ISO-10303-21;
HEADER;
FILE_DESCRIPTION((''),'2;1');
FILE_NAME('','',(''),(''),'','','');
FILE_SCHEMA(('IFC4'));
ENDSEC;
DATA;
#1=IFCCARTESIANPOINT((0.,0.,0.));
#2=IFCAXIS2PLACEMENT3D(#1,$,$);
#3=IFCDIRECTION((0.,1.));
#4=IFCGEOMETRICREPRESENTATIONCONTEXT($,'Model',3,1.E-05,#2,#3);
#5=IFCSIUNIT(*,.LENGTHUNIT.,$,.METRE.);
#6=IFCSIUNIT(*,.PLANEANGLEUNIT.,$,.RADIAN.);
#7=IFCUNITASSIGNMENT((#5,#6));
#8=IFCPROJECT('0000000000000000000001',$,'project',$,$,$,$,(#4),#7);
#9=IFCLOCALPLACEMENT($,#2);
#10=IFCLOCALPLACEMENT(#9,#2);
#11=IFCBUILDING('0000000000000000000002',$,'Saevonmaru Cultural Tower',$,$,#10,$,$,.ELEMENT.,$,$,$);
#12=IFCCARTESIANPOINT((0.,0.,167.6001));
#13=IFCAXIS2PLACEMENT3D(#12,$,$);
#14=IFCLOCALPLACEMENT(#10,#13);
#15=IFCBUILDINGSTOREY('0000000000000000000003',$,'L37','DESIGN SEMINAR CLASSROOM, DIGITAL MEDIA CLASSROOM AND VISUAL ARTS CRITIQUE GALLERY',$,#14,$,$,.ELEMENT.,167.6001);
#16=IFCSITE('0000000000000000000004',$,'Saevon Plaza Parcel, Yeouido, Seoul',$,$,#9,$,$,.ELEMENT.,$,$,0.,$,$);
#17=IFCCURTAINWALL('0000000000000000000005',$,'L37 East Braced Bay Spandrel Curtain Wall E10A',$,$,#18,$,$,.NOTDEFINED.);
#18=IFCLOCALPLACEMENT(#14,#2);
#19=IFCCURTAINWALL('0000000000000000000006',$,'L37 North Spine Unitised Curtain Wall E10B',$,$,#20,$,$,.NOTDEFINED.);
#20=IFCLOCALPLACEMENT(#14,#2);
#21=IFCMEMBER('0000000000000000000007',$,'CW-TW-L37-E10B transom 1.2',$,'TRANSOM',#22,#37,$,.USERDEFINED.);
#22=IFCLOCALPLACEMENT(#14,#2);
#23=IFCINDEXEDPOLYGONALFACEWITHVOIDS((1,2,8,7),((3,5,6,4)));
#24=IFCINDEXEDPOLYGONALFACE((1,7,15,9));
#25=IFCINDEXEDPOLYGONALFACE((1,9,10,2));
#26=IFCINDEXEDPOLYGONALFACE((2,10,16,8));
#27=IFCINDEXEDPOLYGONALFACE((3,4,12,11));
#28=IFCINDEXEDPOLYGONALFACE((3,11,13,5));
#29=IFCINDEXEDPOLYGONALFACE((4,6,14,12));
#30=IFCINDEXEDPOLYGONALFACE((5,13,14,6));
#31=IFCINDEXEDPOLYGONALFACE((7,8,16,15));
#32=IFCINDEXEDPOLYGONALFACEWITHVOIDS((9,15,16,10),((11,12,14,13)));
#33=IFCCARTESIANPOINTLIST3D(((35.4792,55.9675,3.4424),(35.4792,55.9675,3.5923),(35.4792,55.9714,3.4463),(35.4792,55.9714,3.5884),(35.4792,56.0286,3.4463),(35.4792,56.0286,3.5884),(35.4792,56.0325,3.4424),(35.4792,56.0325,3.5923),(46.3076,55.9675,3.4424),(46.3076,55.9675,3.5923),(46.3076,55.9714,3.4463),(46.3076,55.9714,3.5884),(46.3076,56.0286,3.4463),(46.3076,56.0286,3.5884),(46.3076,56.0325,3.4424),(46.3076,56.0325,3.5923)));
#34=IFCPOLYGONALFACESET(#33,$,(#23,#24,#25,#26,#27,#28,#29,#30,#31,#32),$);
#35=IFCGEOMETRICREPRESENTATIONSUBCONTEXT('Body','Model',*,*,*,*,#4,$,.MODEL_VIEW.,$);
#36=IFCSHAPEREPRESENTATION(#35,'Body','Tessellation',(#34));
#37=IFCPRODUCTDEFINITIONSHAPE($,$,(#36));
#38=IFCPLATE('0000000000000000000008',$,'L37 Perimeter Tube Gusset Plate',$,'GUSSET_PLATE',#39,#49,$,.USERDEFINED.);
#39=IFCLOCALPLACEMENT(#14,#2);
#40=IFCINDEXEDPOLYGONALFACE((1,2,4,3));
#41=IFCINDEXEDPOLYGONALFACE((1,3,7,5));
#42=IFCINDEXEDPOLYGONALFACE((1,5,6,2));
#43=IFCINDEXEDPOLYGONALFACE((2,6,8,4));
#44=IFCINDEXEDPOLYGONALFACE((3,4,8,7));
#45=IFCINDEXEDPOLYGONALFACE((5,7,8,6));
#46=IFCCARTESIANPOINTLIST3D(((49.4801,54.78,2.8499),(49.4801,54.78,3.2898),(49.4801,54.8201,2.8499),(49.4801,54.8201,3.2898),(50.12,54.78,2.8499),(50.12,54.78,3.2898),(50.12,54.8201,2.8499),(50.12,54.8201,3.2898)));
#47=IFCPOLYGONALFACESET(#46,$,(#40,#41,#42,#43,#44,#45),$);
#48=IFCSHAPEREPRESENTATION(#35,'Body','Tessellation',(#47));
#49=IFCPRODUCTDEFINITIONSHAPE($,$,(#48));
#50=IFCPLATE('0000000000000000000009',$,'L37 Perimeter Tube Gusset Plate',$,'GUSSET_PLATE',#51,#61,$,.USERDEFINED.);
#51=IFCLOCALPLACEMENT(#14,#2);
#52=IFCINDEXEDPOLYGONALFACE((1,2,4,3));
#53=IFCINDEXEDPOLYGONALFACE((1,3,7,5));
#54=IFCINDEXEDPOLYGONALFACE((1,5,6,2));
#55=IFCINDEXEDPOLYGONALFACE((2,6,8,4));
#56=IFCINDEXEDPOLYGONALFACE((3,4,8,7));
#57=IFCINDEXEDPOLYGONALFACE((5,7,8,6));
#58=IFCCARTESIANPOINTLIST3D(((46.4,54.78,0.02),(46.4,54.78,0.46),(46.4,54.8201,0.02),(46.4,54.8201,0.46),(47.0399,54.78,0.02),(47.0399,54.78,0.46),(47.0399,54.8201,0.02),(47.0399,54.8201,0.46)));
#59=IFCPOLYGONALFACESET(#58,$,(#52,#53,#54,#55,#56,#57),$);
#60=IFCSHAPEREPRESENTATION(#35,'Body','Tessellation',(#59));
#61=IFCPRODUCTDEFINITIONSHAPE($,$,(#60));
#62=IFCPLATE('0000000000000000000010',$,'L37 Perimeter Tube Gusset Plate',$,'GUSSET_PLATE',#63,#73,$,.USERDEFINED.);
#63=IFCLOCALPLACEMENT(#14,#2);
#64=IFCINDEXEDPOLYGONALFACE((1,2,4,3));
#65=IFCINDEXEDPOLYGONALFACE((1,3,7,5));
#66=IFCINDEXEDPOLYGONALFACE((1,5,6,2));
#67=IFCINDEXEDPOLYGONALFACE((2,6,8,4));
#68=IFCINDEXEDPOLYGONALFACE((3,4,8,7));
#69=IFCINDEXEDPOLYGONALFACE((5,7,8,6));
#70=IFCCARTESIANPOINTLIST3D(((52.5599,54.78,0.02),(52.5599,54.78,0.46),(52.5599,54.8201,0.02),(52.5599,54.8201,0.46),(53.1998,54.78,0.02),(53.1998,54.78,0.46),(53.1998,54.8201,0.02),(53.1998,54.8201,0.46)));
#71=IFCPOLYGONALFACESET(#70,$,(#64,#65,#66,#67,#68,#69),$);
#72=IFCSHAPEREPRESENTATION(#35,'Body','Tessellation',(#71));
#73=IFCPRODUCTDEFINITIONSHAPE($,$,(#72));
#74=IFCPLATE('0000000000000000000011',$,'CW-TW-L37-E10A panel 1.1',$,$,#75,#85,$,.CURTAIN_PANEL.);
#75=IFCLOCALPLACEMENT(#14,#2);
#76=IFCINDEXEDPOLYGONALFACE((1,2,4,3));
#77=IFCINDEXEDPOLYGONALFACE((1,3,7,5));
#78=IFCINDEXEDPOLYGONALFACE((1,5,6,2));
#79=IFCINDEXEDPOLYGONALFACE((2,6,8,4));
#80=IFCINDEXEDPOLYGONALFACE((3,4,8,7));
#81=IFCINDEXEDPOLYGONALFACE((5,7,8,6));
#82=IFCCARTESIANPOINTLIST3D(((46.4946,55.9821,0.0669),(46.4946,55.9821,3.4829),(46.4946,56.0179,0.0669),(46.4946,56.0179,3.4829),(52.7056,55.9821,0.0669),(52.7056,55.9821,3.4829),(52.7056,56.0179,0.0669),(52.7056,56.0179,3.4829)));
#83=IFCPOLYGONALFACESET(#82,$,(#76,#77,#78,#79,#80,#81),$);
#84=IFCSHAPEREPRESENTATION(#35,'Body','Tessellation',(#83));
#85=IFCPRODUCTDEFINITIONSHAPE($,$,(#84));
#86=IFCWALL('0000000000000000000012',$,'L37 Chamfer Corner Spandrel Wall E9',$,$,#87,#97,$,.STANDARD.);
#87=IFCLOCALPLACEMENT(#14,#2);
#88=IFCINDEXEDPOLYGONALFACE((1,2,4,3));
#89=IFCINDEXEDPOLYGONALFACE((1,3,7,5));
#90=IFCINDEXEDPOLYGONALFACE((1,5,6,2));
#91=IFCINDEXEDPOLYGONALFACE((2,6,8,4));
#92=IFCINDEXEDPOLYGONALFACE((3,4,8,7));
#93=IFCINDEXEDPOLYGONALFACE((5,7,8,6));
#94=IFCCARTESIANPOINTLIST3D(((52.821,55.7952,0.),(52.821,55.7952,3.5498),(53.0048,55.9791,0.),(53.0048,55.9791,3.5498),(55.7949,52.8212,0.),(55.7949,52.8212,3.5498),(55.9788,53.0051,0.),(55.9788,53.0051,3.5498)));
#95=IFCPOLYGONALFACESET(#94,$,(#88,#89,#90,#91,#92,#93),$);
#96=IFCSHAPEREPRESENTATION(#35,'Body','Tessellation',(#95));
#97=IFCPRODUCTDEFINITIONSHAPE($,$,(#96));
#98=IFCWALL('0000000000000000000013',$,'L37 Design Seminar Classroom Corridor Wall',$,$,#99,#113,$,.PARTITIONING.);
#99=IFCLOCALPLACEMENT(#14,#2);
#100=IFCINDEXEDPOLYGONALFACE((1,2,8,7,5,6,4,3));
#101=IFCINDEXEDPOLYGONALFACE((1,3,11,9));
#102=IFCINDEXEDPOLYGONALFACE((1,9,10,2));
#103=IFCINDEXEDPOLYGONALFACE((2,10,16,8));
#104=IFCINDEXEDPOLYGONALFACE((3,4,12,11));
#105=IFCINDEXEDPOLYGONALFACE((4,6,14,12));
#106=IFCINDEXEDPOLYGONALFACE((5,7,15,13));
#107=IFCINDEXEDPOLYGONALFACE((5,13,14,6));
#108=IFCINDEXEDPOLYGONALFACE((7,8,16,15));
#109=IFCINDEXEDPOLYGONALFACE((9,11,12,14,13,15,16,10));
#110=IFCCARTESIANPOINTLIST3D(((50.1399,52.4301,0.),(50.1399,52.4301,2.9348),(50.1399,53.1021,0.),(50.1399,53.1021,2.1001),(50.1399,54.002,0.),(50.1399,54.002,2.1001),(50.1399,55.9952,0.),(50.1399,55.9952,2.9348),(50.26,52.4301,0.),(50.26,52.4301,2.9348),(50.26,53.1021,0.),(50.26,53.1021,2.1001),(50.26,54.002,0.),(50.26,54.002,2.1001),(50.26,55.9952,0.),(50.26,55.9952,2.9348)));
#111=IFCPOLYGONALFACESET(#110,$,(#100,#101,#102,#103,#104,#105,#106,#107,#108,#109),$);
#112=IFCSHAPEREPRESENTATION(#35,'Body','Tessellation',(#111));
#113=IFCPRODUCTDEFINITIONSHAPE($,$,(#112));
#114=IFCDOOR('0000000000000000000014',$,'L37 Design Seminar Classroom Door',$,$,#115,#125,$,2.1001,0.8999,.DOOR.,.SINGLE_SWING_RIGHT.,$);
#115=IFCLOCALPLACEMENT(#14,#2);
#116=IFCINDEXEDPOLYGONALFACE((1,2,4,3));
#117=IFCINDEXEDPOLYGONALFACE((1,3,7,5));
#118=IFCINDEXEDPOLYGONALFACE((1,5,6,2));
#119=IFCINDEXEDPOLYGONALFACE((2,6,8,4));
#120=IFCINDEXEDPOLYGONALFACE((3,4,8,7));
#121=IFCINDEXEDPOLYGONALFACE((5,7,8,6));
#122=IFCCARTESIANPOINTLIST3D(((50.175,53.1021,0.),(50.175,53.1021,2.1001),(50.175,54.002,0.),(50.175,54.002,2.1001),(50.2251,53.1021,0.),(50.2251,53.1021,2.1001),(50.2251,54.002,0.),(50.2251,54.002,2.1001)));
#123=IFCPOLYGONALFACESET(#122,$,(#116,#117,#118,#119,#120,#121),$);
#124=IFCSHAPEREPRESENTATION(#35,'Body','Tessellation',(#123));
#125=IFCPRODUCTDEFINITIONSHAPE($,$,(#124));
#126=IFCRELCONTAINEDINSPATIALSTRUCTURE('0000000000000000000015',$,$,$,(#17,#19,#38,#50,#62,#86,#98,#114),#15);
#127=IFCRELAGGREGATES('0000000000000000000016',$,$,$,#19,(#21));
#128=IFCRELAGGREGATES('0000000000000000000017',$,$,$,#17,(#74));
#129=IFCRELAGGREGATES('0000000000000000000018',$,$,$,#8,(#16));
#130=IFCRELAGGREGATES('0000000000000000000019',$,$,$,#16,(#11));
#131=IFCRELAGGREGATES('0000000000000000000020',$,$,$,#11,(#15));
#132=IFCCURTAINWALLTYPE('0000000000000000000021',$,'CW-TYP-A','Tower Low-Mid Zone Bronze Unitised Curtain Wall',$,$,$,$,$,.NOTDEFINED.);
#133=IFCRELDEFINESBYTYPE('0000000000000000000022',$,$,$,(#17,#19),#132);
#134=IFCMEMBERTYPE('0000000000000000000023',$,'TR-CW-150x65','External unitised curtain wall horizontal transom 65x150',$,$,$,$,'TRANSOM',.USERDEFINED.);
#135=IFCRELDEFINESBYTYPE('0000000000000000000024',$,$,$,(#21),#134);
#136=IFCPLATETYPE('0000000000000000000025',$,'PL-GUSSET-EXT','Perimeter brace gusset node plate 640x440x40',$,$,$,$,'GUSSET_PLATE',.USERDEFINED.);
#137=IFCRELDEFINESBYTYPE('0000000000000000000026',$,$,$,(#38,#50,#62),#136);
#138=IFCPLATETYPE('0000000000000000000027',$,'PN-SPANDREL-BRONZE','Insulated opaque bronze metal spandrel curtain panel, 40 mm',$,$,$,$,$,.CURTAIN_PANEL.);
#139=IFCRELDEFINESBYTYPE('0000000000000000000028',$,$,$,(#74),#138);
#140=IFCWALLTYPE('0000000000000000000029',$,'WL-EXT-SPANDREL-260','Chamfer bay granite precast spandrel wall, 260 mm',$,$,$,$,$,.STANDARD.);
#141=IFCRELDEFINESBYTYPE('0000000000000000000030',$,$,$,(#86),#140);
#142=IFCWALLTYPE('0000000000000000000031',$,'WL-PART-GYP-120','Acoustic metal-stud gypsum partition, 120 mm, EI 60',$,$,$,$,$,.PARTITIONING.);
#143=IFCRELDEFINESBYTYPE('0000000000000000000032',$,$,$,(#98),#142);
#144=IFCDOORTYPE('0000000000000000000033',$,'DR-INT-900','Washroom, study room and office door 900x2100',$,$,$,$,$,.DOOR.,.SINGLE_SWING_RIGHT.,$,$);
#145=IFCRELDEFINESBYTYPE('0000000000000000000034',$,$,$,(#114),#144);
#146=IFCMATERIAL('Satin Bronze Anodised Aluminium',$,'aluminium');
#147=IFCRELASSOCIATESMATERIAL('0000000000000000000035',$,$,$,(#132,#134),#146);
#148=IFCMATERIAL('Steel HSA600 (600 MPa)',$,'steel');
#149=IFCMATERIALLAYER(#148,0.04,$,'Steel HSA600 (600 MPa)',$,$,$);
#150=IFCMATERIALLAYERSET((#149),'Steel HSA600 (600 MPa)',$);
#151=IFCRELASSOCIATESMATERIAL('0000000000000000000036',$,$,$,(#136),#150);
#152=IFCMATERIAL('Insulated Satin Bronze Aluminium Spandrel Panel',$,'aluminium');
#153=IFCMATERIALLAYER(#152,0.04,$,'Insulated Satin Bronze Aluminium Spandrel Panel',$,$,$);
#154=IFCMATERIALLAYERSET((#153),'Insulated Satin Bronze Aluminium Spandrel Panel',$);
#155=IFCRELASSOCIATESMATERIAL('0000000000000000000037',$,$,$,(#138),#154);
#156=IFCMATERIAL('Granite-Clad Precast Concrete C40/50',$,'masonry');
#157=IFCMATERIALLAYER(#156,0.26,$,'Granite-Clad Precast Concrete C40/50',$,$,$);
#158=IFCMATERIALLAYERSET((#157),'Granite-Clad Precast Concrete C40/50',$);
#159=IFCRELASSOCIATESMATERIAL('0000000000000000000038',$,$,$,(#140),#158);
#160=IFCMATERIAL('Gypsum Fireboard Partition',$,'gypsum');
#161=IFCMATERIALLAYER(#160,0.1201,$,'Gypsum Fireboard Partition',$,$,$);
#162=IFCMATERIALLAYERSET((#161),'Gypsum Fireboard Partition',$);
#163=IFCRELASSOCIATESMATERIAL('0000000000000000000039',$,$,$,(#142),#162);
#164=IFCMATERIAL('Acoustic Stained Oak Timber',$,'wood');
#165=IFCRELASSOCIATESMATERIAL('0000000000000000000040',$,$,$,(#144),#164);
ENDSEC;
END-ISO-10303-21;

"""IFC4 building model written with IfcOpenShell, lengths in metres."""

from ifc_helpers import new_model, si_unit, direction, frame, frame_2d, origin, origin_2d, place, context, subcontext, project, spatial, rectangle, hollow_rectangle, extrude, material, layer, layer_set, material_profile, profile_set, type_object, element, fill, aggregate, save


model = new_model("IFC4")

# Units and contexts
model_context = context("Model", 3, precision=1e-05, world=origin(), true_north=direction((0.0, 1.0)))
body_context = subcontext(model_context, "Body", "Model", "MODEL_VIEW")
ifc_project = project(units=[si_unit("LENGTHUNIT", "METRE"), si_unit("PLANEANGLEUNIT", "RADIAN")], contexts=[model_context])

# Site, building, storey
site_placement = place(None, origin())
site = spatial("IfcSite", under=ifc_project, at=site_placement, Name="Saevon Plaza Parcel, Yeouido, Seoul", CompositionType="ELEMENT", RefElevation=0.0)
building_placement = place(site_placement, origin())
building = spatial("IfcBuilding", under=site, at=building_placement, Name="Saevonmaru Cultural Tower", CompositionType="ELEMENT")
storey_placement = place(building_placement, frame((0.0, 0.0, 167.6001)))
storey = spatial("IfcBuildingStorey", under=building, at=storey_placement, Name="L37", Description="DESIGN SEMINAR CLASSROOM, DIGITAL MEDIA CLASSROOM AND VISUAL ARTS CRITIQUE GALLERY", CompositionType="ELEMENT", Elevation=167.6001)

# Shared definitions
ifc_material_1 = material(Name="Satin Bronze Anodised Aluminium", Category="aluminium")
curtain_wall_type = type_object("IfcCurtainWallType", Name="CW-TYP-A", Description="Tower Low-Mid Zone Bronze Unitised Curtain Wall", PredefinedType="NOTDEFINED", material=ifc_material_1)

# Curtain wall
curtain_wall_1_placement = place(storey_placement, origin())
curtain_wall_1 = element("IfcCurtainWall", 1, at=curtain_wall_1_placement, inside=storey, type_object=curtain_wall_type, Name="L37 East Braced Bay Spandrel Curtain Wall E10A", PredefinedType="NOTDEFINED")

# Curtain wall
curtain_wall_2_placement = place(storey_placement, origin())
curtain_wall_2 = element("IfcCurtainWall", 2, at=curtain_wall_2_placement, inside=storey, type_object=curtain_wall_type, Name="L37 North Spine Unitised Curtain Wall E10B", PredefinedType="NOTDEFINED")

# Member
ifc_material_profile_1 = material_profile(ifc_material_1, hollow_rectangle(XDim=0.0649, YDim=0.1499, WallThickness=0.0039, at=origin_2d()), Name="ALU-TRAN-150x65x4")
ifc_profile_set_1 = profile_set([ifc_material_profile_1], Name="Satin Bronze Anodised Aluminium")
member_type_1 = type_object("IfcMemberType", Name="TR-CW-150x65", Description="External unitised curtain wall horizontal transom 65x150", ElementType="TRANSOM", PredefinedType="USERDEFINED", material=ifc_profile_set_1)
member_1_placement = place(storey_placement, frame((46.3076, 56.0, 3.5173), z_axis=(-1.0, 0.0, 0.0), x_axis=(0.0, -1.0, 0.0)))
member_1 = element("IfcMember", 3, at=member_1_placement, type_object=member_type_1, Name="CW-TW-L37-E10B transom 1.2", ObjectType="TRANSOM", PredefinedType="USERDEFINED", context=body_context, shape_type="SweptSolid", body=[
    extrude(hollow_rectangle(XDim=0.0649, YDim=0.1499, WallThickness=0.0039, at=origin_2d()), origin(), (0.0, 0.0, 1.0), 10.8284),
])
aggregate(curtain_wall_2, [member_1])

# Plates
ifc_material_2 = material(Name="Steel HSA600 (600 MPa)", Category="steel")
ifc_layer_1 = layer(ifc_material_2, 0.04, Name="Steel HSA600 (600 MPa)")
ifc_layer_set_1 = layer_set([ifc_layer_1], Name="Steel HSA600 (600 MPa)")
plate_type_1 = type_object("IfcPlateType", Name="PL-GUSSET-EXT", Description="Perimeter brace gusset node plate 640x440x40", ElementType="GUSSET_PLATE", PredefinedType="USERDEFINED", material=ifc_layer_set_1)
for number, where, z_axis, x_axis, name in (
    (4, (49.8, 54.8, 2.8499), (0.0, 0.0, 1.0), (1.0, 0.0, 0.0), "L37 Perimeter Tube Gusset Plate"),
    (5, (46.72, 54.8, 0.02), (0.0, 0.0, 1.0), (1.0, 0.0, 0.0), "L37 Perimeter Tube Gusset Plate"),
    (6, (52.8799, 54.8, 0.02), (0.0, 0.0, 1.0), (1.0, 0.0, 0.0), "L37 Perimeter Tube Gusset Plate"),
):
    element("IfcPlate", number, at=place(storey_placement, frame(where, z_axis=z_axis, x_axis=x_axis)), inside=storey, type_object=plate_type_1, Name=name, ObjectType="GUSSET_PLATE", PredefinedType="USERDEFINED", context=body_context, shape_type="SweptSolid", body=[
        extrude(rectangle(XDim=0.6399, YDim=0.04, at=origin_2d()), origin(), (0.0, 0.0, 1.0), 0.4399),
    ])

# Plate
ifc_material_3 = material(Name="Insulated Satin Bronze Aluminium Spandrel Panel", Category="aluminium")
ifc_layer_2 = layer(ifc_material_3, 0.04, Name="Insulated Satin Bronze Aluminium Spandrel Panel")
ifc_layer_set_2 = layer_set([ifc_layer_2], Name="Insulated Satin Bronze Aluminium Spandrel Panel")
plate_type_2 = type_object("IfcPlateType", Name="PN-SPANDREL-BRONZE", Description="Insulated opaque bronze metal spandrel curtain panel, 40 mm", PredefinedType="CURTAIN_PANEL", material=ifc_layer_set_2)
plate_placement = place(storey_placement, frame((49.6001, 56.0, 0.0669), z_axis=(0.0, 0.0, 1.0), x_axis=(-1.0, 0.0, 0.0)))
plate = element("IfcPlate", 7, at=plate_placement, type_object=plate_type_2, Name="CW-TW-L37-E10A panel 1.1", PredefinedType="CURTAIN_PANEL", context=body_context, shape_type="SweptSolid", body=[
    extrude(rectangle(XDim=6.2109, YDim=0.0359, at=origin_2d()), origin(), (0.0, 0.0, 1.0), 3.416),
])
aggregate(curtain_wall_1, [plate])

# Wall
ifc_material_4 = material(Name="Granite-Clad Precast Concrete C40/50", Category="masonry")
ifc_layer_3 = layer(ifc_material_4, 0.26, Name="Granite-Clad Precast Concrete C40/50")
ifc_layer_set_3 = layer_set([ifc_layer_3], Name="Granite-Clad Precast Concrete C40/50")
wall_type_1 = type_object("IfcWallType", Name="WL-EXT-SPANDREL-260", Description="Chamfer bay granite precast spandrel wall, 260 mm", PredefinedType="STANDARD", material=ifc_layer_set_3)
wall_1_placement = place(storey_placement, frame((55.887, 52.9131, 0.0), z_axis=(0.0, 0.0, 1.0), x_axis=(-0.707107, 0.707107, 0.0)))
element("IfcWall", 8, at=wall_1_placement, inside=storey, type_object=wall_type_1, Name="L37 Chamfer Corner Spandrel Wall E9", PredefinedType="STANDARD", context=body_context, shape_type="SweptSolid", body=[
    extrude(rectangle(XDim=4.2058, YDim=0.26, at=frame_2d((2.103, 0.0))), origin(), (0.0, 0.0, 1.0), 3.5498),
])

# Wall, opening, door
ifc_material_5 = material(Name="Gypsum Fireboard Partition", Category="gypsum")
ifc_layer_4 = layer(ifc_material_5, 0.1201, Name="Gypsum Fireboard Partition")
ifc_layer_set_4 = layer_set([ifc_layer_4], Name="Gypsum Fireboard Partition")
wall_type_2 = type_object("IfcWallType", Name="WL-PART-GYP-120", Description="Acoustic metal-stud gypsum partition, 120 mm, EI 60", PredefinedType="PARTITIONING", material=ifc_layer_set_4)
wall_2_placement = place(storey_placement, frame((50.2, 52.4299, 0.0), z_axis=(0.0, 0.0, 1.0), x_axis=(0.0, 1.0, 0.0)))
wall_2 = element("IfcWall", 9, at=wall_2_placement, inside=storey, type_object=wall_type_2, Name="L37 Design Seminar Classroom Corridor Wall", PredefinedType="PARTITIONING", context=body_context, shape_type="SweptSolid", body=[
    extrude(rectangle(XDim=3.5652, YDim=0.1201, at=frame_2d((1.7827, 0.0))), origin(), (0.0, 0.0, 1.0), 2.9348),
])
opening_placement = place(wall_2_placement, frame((0.6721, 0.0, 0.0)))
opening = element("IfcOpeningElement", 10, at=opening_placement, cuts=wall_2, PredefinedType="OPENING", context=body_context, shape_type="SweptSolid", body=[
    extrude(rectangle(XDim=0.8999, YDim=2.1001, at=frame_2d((0.45, 1.05))), frame((0.0, 0.0701, 0.0), z_axis=(0.0, -1.0, 0.0), x_axis=(1.0, 0.0, 0.0)), (0.0, 0.0, 1.0), 0.1401),
])
ifc_material_6 = material(Name="Acoustic Stained Oak Timber", Category="wood")
door_type = type_object("IfcDoorType", Name="DR-INT-900", Description="Washroom, study room and office door 900x2100", OperationType="SINGLE_SWING_RIGHT", PredefinedType="DOOR", material=ifc_material_6)
door_placement = place(opening_placement, origin())
door = element("IfcDoor", 11, at=door_placement, inside=storey, type_object=door_type, Name="L37 Design Seminar Classroom Door", OperationType="SINGLE_SWING_RIGHT", OverallHeight=2.1001, OverallWidth=0.8999, PredefinedType="DOOR", context=body_context, shape_type="SweptSolid", body=[
    extrude(rectangle(XDim=0.8999, YDim=2.1001, at=frame_2d((0.45, 1.05))), frame((0.0, 0.0249, 0.0), z_axis=(0.0, -1.0, 0.0), x_axis=(1.0, 0.0, 0.0)), (0.0, 0.0, 1.0), 0.05),
])
fill(opening, door)

save(model, "model.ifc")
